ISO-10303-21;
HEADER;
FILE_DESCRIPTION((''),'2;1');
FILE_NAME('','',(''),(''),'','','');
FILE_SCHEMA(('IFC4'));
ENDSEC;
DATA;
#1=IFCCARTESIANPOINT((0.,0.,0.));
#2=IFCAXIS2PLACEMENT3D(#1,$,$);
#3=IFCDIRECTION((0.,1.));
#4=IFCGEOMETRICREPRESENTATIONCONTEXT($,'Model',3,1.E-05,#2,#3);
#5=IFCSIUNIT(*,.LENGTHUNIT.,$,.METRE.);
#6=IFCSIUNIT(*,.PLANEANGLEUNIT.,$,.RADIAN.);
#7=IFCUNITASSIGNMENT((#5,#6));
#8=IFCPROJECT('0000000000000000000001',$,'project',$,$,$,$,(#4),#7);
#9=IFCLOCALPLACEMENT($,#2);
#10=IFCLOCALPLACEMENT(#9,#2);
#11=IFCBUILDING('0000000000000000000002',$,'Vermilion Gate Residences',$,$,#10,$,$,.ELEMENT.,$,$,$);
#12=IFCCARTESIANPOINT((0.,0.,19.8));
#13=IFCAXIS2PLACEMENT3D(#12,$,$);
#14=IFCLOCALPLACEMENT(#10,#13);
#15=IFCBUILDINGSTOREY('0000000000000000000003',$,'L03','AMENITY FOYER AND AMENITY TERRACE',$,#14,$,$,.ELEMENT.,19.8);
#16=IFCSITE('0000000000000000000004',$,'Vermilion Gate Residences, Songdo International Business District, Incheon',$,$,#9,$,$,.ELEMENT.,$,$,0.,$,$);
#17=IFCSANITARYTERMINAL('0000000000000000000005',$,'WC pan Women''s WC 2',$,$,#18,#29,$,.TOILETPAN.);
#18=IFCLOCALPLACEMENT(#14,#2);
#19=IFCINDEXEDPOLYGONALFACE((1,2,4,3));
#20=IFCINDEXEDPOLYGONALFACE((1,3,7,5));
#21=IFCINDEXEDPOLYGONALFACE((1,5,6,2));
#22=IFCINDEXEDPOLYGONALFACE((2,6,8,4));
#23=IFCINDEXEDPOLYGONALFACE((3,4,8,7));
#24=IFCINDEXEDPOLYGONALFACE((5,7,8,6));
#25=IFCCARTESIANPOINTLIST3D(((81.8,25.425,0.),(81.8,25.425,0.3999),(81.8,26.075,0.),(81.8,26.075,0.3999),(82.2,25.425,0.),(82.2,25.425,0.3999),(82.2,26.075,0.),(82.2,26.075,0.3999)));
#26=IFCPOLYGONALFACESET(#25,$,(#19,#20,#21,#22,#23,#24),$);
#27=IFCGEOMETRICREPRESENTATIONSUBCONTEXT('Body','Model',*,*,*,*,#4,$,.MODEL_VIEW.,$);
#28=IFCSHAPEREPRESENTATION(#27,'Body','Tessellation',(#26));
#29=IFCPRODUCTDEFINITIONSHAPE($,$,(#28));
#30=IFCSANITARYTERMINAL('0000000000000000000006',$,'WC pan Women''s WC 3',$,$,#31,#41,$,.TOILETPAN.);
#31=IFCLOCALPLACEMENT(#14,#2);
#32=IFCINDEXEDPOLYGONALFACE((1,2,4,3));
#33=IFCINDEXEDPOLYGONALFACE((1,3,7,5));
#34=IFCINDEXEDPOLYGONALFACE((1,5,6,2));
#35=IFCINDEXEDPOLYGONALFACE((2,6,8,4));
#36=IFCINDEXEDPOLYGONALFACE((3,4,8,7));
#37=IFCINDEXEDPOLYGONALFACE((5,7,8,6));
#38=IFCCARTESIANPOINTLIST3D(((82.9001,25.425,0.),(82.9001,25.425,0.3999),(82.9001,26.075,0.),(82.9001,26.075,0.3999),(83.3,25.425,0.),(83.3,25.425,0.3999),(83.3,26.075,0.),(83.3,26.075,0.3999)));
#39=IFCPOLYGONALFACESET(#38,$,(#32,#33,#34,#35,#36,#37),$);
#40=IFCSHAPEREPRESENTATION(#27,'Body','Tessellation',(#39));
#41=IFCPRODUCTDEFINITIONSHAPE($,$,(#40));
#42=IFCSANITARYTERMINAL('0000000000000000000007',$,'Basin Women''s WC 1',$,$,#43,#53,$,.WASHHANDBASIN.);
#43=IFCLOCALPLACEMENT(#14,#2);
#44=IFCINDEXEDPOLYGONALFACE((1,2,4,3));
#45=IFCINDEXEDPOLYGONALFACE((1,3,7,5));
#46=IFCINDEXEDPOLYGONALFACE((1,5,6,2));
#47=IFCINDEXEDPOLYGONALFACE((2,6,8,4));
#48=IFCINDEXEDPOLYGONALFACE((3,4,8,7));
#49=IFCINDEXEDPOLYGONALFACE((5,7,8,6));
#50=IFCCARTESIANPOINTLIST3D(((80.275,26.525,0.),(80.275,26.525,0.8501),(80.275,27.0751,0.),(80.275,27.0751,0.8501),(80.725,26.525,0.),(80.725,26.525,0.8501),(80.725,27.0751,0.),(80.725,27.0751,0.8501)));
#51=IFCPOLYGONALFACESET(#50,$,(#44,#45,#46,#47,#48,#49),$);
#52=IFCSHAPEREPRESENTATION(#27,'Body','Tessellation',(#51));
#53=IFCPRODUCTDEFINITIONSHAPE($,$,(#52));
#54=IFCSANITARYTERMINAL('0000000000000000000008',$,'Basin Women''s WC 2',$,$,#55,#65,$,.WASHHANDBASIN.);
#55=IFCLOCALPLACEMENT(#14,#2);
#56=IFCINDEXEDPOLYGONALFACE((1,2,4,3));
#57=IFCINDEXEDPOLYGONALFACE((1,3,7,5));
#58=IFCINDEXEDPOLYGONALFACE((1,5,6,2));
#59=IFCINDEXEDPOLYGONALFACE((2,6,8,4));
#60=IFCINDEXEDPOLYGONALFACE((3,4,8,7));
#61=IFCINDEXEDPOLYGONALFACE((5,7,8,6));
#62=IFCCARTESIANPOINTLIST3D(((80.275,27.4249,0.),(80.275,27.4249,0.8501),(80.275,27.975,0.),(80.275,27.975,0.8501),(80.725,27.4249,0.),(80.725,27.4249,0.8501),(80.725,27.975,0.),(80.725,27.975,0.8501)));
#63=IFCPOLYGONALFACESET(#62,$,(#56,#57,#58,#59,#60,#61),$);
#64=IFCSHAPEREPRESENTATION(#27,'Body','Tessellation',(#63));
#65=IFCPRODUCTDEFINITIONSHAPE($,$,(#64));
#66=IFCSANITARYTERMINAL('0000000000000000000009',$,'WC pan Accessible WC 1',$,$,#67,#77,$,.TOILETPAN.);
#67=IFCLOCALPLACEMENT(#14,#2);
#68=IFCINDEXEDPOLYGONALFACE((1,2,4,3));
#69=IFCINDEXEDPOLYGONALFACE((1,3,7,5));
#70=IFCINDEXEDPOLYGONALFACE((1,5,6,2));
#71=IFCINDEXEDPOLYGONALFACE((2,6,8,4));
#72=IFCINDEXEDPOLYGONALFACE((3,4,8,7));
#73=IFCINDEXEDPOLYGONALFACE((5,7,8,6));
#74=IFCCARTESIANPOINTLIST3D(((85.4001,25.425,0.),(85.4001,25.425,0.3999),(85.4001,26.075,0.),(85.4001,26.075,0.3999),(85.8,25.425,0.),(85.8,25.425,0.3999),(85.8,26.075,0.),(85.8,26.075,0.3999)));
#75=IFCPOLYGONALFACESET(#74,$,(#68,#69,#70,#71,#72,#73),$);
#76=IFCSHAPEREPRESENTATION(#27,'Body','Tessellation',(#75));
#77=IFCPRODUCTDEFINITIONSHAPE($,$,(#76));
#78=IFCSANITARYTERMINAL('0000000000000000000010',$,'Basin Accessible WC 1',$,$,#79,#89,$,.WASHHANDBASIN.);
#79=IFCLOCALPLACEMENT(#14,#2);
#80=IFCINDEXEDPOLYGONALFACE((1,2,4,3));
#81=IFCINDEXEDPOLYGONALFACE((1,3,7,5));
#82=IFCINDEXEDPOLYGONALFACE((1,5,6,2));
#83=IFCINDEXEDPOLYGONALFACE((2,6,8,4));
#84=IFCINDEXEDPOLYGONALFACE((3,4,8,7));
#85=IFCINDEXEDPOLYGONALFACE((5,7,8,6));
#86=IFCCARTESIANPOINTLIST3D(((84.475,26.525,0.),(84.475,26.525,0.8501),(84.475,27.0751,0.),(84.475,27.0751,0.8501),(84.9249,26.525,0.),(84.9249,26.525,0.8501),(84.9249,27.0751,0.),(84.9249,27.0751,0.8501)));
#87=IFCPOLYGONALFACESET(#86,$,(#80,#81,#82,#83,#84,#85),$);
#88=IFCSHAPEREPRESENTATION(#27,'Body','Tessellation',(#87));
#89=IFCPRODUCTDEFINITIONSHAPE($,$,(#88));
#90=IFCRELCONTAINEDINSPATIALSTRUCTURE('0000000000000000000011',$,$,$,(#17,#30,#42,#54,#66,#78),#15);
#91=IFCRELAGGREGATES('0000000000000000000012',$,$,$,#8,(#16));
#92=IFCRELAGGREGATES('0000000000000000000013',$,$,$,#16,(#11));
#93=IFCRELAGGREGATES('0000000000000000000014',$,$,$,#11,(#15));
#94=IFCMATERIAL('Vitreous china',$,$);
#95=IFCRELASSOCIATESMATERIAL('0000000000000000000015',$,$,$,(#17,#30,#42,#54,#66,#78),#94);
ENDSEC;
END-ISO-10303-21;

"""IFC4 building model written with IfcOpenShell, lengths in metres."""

from ifc_helpers import new_model, si_unit, direction, frame, origin, origin_2d, place, context, subcontext, project, spatial, rectangle, extrude, material, element, save


model = new_model("IFC4")

# Units and contexts
model_context = context("Model", 3, precision=1e-05, world=origin(), true_north=direction((0.0, 1.0)))
body_context = subcontext(model_context, "Body", "Model", "MODEL_VIEW")
ifc_project = project(units=[si_unit("LENGTHUNIT", "METRE"), si_unit("PLANEANGLEUNIT", "RADIAN")], contexts=[model_context])

# Site, building, storey
site_placement = place(None, origin())
site = spatial("IfcSite", under=ifc_project, at=site_placement, Name="Vermilion Gate Residences, Songdo International Business District, Incheon", CompositionType="ELEMENT", RefElevation=0.0)
building_placement = place(site_placement, origin())
building = spatial("IfcBuilding", under=site, at=building_placement, Name="Vermilion Gate Residences", CompositionType="ELEMENT")
storey_placement = place(building_placement, frame((0.0, 0.0, 19.8)))
storey = spatial("IfcBuildingStorey", under=building, at=storey_placement, Name="L03", Description="AMENITY FOYER AND AMENITY TERRACE", CompositionType="ELEMENT", Elevation=19.8)

# Sanitary terminals
ifc_material_1 = material(Name="Vitreous china")
for number, where, z_axis, x_axis, name in (
    (1, (82.0, 25.75, 0.0), (0.0, 0.0, 1.0), (1.0, 0.0, 0.0), "WC pan Women's WC 2"),
    (2, (83.1001, 25.75, 0.0), (0.0, 0.0, 1.0), (1.0, 0.0, 0.0), "WC pan Women's WC 3"),
):
    element("IfcSanitaryTerminal", number, at=place(storey_placement, frame(where, z_axis=z_axis, x_axis=x_axis)), inside=storey, material=ifc_material_1, Name=name, PredefinedType="TOILETPAN", context=body_context, shape_type="SweptSolid", body=[
        extrude(rectangle(XDim=0.3999, YDim=0.6499, at=origin_2d()), origin(), (0.0, 0.0, 1.0), 0.3999),
    ])
for number, where, z_axis, x_axis, name in (
    (3, (80.5, 26.8, 0.0), (0.0, 0.0, 1.0), (1.0, 0.0, 0.0), "Basin Women's WC 1"),
    (4, (80.5, 27.7, 0.0), (0.0, 0.0, 1.0), (1.0, 0.0, 0.0), "Basin Women's WC 2"),
):
    element("IfcSanitaryTerminal", number, at=place(storey_placement, frame(where, z_axis=z_axis, x_axis=x_axis)), inside=storey, material=ifc_material_1, Name=name, PredefinedType="WASHHANDBASIN", context=body_context, shape_type="SweptSolid", body=[
        extrude(rectangle(XDim=0.45, YDim=0.55, at=origin_2d()), origin(), (0.0, 0.0, 1.0), 0.8501),
    ])
sanitary_terminal_1_placement = place(storey_placement, frame((85.6001, 25.75, 0.0), z_axis=(0.0, 0.0, 1.0), x_axis=(1.0, 0.0, 0.0)))
element("IfcSanitaryTerminal", 5, at=sanitary_terminal_1_placement, inside=storey, material=ifc_material_1, Name="WC pan Accessible WC 1", PredefinedType="TOILETPAN", context=body_context, shape_type="SweptSolid", body=[
    extrude(rectangle(XDim=0.3999, YDim=0.6499, at=origin_2d()), origin(), (0.0, 0.0, 1.0), 0.3999),
])
sanitary_terminal_2_placement = place(storey_placement, frame((84.7, 26.8, 0.0), z_axis=(0.0, 0.0, 1.0), x_axis=(1.0, 0.0, 0.0)))
element("IfcSanitaryTerminal", 6, at=sanitary_terminal_2_placement, inside=storey, material=ifc_material_1, Name="Basin Accessible WC 1", PredefinedType="WASHHANDBASIN", context=body_context, shape_type="SweptSolid", body=[
    extrude(rectangle(XDim=0.45, YDim=0.55, at=origin_2d()), origin(), (0.0, 0.0, 1.0), 0.8501),
])

save(model, "model.ifc")
